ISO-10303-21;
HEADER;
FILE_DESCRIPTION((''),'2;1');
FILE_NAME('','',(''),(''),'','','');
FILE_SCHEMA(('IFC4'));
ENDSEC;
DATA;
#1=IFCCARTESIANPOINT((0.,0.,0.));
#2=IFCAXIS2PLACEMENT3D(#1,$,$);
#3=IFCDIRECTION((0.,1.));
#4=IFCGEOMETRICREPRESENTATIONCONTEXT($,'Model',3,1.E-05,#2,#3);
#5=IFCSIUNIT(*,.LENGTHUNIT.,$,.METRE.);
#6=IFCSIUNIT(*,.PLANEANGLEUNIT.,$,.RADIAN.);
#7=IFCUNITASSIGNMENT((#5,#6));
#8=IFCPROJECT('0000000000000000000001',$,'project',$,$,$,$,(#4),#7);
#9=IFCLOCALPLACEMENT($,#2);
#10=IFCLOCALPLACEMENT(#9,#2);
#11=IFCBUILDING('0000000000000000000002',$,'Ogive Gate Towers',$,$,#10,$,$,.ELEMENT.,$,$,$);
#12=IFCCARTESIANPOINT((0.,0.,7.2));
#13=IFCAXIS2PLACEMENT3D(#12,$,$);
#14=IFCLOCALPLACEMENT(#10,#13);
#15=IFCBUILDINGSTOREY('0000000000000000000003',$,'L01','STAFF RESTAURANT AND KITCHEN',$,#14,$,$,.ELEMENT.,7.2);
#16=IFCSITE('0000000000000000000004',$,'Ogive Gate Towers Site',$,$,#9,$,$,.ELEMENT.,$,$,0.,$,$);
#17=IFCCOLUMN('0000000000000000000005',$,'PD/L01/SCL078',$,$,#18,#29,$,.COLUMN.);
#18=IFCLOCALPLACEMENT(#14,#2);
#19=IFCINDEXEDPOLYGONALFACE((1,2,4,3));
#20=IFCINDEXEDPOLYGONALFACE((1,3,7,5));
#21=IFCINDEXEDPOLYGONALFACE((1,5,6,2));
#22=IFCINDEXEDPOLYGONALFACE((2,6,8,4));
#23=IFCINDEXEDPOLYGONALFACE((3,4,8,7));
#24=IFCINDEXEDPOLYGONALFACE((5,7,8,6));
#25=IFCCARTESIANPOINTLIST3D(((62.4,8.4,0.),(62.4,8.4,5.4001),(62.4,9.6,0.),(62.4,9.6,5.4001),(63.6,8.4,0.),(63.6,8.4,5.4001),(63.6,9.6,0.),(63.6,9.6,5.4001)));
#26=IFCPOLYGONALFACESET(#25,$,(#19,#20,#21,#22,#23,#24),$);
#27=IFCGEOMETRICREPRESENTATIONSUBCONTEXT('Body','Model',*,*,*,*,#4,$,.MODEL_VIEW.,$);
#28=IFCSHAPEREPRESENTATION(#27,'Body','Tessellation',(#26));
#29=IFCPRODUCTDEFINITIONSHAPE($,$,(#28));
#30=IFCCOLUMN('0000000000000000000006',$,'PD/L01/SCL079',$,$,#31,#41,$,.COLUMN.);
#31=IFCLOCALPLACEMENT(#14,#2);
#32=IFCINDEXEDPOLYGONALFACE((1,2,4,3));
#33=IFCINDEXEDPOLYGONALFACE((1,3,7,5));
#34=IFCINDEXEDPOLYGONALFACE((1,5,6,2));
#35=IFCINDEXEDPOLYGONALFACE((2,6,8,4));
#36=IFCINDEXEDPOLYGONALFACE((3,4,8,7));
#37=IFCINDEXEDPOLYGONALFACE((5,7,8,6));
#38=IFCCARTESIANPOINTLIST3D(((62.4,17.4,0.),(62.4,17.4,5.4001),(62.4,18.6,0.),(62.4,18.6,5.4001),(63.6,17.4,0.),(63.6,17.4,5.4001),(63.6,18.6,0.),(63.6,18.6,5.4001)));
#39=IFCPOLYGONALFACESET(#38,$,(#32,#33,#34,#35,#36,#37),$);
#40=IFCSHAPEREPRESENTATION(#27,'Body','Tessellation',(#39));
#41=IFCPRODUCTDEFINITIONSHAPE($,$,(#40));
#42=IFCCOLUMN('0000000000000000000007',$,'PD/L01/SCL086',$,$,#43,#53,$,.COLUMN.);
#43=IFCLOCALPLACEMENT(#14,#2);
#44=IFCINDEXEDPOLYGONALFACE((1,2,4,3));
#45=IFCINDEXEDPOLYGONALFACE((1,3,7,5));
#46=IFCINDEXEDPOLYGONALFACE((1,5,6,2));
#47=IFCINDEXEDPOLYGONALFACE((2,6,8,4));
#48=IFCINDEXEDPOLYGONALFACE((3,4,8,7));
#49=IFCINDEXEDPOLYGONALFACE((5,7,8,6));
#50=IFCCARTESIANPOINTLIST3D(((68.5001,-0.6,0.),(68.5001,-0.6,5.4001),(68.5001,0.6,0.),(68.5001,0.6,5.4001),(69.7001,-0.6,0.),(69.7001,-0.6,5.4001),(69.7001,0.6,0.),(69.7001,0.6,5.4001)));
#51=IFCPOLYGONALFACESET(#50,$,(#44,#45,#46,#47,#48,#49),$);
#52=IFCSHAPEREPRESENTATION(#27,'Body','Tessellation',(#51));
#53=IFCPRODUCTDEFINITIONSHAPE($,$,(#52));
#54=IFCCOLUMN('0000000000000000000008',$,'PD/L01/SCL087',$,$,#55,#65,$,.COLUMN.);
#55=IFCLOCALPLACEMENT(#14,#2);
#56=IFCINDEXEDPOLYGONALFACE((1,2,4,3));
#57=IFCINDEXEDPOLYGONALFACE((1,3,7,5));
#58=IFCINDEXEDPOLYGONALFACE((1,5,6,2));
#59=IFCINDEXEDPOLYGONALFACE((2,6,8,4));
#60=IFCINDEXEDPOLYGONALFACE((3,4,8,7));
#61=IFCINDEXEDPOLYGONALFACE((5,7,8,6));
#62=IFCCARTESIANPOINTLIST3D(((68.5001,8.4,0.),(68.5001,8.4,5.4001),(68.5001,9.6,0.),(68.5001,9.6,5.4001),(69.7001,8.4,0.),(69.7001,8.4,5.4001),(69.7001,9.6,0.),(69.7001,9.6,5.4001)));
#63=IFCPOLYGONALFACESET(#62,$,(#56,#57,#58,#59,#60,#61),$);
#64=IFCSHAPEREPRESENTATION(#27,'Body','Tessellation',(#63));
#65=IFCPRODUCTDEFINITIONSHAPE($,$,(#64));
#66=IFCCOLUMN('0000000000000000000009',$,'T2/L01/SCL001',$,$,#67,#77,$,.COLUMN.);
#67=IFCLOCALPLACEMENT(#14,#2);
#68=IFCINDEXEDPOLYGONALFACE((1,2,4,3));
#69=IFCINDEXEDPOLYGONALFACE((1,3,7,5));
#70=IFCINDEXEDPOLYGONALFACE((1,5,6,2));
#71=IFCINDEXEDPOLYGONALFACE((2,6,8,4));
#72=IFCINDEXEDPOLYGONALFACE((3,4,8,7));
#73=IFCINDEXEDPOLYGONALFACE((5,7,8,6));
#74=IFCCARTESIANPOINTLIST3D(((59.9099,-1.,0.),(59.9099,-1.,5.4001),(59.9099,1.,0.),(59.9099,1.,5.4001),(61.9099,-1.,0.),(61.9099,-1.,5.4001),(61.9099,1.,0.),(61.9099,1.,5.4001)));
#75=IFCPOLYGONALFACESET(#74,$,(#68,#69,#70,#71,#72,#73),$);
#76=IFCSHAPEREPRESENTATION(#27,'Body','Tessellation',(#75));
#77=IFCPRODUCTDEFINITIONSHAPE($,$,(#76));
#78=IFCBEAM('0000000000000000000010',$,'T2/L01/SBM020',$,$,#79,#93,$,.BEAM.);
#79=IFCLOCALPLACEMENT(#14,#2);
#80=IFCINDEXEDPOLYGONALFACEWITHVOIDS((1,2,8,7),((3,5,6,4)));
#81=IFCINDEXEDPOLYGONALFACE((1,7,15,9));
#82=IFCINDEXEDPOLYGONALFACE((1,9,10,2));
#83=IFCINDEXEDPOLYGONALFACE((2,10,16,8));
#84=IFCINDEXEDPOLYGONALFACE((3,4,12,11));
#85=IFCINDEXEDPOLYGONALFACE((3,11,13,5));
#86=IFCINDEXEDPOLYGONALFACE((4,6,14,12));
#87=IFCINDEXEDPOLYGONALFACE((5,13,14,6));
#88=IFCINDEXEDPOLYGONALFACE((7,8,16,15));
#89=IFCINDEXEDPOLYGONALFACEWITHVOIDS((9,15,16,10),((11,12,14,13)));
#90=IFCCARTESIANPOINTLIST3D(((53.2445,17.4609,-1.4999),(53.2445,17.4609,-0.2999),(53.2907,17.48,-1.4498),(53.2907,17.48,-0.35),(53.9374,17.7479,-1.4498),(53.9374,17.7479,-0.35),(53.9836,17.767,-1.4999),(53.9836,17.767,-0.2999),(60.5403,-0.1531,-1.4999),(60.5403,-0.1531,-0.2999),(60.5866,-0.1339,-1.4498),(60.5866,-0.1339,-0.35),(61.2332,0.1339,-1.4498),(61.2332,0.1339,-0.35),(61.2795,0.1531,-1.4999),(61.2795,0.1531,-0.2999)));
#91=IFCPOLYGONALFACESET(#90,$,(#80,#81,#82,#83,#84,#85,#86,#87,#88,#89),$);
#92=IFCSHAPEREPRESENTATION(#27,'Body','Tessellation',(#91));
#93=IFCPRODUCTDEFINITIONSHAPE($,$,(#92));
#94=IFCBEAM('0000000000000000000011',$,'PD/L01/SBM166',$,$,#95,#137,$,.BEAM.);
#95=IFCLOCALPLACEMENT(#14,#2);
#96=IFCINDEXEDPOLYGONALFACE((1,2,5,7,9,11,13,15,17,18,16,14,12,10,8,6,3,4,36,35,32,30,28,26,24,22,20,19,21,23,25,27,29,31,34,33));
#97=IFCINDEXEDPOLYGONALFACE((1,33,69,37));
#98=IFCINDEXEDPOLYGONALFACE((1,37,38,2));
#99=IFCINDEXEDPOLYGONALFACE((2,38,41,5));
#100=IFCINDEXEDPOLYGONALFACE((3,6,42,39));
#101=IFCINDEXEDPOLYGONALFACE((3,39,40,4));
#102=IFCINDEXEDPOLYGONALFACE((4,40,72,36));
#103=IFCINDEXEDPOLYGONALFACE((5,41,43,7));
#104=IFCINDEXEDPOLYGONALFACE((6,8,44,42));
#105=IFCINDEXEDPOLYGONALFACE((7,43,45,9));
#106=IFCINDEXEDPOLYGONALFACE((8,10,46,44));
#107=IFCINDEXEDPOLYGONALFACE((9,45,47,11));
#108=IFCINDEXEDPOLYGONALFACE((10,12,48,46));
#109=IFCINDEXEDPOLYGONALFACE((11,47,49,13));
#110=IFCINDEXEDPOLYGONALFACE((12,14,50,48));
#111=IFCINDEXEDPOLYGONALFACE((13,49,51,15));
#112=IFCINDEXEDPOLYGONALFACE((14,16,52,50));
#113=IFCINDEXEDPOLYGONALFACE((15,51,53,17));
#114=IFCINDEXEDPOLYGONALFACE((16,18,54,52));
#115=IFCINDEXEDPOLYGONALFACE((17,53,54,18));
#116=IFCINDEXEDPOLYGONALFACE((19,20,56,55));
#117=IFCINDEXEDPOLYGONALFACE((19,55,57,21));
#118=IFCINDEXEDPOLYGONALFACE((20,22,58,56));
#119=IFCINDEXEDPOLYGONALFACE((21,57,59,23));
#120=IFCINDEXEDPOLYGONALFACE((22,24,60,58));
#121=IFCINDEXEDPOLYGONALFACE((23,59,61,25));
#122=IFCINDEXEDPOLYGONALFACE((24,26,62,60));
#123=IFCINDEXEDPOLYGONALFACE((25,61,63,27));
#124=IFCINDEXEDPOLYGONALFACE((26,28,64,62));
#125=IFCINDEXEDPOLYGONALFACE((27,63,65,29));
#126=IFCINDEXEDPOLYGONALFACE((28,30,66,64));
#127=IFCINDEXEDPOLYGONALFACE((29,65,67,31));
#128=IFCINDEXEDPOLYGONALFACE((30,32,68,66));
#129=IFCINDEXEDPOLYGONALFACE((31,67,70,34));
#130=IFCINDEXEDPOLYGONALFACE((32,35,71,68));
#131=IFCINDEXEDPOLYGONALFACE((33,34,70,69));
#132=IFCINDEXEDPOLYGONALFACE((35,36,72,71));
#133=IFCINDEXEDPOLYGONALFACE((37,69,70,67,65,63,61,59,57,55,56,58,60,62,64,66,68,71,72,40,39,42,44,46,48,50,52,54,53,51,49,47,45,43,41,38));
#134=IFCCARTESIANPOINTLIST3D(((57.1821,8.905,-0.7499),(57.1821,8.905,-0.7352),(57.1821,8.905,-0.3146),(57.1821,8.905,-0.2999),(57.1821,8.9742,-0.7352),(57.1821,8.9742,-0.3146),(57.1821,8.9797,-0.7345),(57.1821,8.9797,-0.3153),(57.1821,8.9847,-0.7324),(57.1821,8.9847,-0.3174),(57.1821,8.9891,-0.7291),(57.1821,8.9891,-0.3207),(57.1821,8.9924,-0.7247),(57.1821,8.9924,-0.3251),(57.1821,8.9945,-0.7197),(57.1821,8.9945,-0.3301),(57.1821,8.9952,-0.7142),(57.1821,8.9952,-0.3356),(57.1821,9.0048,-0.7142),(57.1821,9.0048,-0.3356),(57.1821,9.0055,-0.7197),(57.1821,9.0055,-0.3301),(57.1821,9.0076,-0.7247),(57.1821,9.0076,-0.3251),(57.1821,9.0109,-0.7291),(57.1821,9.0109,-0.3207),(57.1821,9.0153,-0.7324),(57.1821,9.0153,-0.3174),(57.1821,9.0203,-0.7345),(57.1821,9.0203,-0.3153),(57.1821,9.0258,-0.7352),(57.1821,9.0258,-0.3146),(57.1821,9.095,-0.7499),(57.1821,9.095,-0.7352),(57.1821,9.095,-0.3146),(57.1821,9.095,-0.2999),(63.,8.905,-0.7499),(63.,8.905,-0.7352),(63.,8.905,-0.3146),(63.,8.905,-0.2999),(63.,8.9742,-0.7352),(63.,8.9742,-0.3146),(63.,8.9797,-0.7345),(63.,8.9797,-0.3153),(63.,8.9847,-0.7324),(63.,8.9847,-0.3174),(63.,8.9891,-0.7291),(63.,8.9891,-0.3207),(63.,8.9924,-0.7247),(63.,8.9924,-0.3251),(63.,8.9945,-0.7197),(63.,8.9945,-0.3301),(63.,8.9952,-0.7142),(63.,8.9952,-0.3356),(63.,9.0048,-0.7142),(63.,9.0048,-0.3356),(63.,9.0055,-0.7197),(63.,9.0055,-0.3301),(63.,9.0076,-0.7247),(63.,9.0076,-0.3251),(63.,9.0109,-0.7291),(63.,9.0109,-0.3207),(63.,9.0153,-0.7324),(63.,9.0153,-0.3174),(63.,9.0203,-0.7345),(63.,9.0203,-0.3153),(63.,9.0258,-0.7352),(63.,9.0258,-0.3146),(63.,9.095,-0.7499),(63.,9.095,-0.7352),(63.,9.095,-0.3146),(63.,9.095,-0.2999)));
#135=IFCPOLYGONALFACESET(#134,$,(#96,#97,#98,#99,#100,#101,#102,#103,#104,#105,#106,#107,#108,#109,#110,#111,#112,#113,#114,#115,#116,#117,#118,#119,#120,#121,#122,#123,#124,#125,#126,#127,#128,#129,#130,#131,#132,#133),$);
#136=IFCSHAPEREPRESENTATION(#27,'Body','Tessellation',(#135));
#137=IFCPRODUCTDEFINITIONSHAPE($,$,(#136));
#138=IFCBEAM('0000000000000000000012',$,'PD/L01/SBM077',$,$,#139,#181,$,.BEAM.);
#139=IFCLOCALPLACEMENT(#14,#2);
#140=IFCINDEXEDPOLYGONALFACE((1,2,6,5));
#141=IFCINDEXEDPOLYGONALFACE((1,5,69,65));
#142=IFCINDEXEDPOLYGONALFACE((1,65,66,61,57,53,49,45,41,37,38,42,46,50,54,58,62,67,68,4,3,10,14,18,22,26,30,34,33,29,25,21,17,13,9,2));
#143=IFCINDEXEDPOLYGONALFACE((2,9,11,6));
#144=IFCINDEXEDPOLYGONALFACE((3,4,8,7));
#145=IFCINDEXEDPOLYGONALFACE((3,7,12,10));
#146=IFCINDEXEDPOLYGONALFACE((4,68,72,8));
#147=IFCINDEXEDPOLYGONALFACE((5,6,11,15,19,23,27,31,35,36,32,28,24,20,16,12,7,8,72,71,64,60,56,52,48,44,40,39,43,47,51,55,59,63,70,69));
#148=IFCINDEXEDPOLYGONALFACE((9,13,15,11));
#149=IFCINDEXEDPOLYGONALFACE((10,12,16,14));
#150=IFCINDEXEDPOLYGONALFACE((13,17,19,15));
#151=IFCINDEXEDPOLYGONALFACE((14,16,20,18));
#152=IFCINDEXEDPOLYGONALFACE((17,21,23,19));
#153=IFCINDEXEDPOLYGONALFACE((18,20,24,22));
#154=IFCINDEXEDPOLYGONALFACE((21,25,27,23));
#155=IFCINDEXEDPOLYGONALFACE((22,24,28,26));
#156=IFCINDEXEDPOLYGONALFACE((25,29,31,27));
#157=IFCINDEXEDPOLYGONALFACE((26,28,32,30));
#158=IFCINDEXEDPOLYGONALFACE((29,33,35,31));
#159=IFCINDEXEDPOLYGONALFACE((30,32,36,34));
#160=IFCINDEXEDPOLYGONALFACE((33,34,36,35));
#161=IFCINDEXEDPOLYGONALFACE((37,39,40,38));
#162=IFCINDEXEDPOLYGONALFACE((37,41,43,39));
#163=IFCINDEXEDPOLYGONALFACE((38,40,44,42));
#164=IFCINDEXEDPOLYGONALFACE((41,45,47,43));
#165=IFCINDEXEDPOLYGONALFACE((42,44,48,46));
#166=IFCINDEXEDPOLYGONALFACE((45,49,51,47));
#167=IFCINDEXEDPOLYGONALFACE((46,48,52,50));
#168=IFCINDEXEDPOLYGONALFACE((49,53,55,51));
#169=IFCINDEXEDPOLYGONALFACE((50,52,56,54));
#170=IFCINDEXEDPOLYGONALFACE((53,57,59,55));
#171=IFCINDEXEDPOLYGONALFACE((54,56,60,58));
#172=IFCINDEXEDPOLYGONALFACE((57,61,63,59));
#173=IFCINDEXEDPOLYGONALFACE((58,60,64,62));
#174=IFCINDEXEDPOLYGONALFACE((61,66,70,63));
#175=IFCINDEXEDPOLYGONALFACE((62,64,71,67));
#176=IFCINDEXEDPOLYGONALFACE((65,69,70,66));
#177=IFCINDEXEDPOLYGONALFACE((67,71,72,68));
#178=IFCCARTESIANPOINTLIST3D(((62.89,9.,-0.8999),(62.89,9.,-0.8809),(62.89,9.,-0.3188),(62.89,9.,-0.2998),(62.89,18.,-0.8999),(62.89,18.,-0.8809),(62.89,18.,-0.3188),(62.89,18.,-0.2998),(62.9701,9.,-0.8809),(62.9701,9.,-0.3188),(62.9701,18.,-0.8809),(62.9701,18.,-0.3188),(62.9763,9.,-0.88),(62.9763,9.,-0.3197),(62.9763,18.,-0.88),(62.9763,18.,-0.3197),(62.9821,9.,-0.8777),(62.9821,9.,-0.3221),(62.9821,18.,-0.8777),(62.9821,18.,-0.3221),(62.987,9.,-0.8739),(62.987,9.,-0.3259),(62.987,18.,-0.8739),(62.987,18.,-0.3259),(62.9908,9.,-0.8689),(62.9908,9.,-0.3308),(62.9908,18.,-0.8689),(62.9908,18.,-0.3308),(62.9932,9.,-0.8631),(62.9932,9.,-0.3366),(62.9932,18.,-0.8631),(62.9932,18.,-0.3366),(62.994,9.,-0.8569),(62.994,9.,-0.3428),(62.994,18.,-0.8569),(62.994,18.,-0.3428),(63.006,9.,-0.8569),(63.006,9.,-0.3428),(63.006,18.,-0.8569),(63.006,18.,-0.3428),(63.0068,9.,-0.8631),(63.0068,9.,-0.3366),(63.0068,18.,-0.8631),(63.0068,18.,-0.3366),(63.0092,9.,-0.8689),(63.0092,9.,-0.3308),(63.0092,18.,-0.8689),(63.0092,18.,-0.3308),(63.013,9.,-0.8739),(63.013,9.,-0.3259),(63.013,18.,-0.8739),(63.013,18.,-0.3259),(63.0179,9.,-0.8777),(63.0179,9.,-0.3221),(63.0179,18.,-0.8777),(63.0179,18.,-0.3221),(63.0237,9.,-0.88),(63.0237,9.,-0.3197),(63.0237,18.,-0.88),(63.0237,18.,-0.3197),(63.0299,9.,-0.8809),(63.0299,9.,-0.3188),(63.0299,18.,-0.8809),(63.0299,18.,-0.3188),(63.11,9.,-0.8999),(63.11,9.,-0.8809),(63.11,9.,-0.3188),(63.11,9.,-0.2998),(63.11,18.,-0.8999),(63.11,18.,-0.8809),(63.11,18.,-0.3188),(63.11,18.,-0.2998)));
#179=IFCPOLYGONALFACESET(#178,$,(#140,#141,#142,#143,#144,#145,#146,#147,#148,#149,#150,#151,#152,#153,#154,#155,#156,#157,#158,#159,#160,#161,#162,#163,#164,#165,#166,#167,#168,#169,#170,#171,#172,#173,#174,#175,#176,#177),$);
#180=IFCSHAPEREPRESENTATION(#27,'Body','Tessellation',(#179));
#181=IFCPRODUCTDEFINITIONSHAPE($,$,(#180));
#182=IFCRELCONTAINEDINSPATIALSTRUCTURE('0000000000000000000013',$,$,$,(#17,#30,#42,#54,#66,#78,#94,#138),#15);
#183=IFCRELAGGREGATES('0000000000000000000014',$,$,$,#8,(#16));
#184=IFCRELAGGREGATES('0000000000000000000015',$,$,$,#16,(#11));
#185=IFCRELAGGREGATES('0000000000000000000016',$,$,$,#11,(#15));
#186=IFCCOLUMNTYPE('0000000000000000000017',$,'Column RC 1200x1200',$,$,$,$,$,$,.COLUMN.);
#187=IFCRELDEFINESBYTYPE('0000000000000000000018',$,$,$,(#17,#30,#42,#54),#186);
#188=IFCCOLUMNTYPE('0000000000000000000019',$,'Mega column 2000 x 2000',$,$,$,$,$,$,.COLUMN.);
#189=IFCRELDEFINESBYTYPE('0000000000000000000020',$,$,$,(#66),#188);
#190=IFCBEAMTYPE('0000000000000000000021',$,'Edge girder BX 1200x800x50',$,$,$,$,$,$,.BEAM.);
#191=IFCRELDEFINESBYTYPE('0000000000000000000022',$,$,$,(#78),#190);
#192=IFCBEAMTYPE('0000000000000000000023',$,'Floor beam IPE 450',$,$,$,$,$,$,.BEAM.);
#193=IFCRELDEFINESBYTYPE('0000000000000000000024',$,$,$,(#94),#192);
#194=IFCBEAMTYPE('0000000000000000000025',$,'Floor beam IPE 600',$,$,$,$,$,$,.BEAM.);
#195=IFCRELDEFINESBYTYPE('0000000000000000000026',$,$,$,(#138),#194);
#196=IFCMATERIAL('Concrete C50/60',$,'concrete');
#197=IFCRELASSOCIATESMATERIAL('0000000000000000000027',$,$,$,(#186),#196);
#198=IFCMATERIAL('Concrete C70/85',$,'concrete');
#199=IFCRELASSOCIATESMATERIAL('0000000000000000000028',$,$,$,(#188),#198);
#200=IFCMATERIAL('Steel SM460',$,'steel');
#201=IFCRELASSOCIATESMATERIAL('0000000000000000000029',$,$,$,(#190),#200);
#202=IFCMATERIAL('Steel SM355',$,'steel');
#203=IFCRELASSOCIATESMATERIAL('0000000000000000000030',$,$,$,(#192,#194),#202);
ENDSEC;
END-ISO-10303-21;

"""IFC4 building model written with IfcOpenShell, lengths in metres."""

from ifc_helpers import new_model, si_unit, direction, frame, origin, origin_2d, place, context, subcontext, project, spatial, rectangle, hollow_rectangle, i_section, extrude, material, material_profile, profile_set, type_object, element, save


model = new_model("IFC4")

# Units and contexts
model_context = context("Model", 3, precision=1e-05, world=origin(), true_north=direction((0.0, 1.0)))
body_context = subcontext(model_context, "Body", "Model", "MODEL_VIEW")
ifc_project = project(units=[si_unit("LENGTHUNIT", "METRE"), si_unit("PLANEANGLEUNIT", "RADIAN")], contexts=[model_context])

# Site, building, storey
site_placement = place(None, origin())
site = spatial("IfcSite", under=ifc_project, at=site_placement, Name="Ogive Gate Towers Site", CompositionType="ELEMENT", RefElevation=0.0)
building_placement = place(site_placement, origin())
building = spatial("IfcBuilding", under=site, at=building_placement, Name="Ogive Gate Towers", CompositionType="ELEMENT")
storey_placement = place(building_placement, frame((0.0, 0.0, 7.2)))
storey = spatial("IfcBuildingStorey", under=building, at=storey_placement, Name="L01", Description="STAFF RESTAURANT AND KITCHEN", CompositionType="ELEMENT", Elevation=7.2)

# Columns
ifc_material_1 = material(Name="Concrete C50/60", Category="concrete")
ifc_material_profile_1 = material_profile(ifc_material_1, rectangle(XDim=1.2, YDim=1.2, at=origin_2d()), Name="RC 1200x1200")
ifc_profile_set_1 = profile_set([ifc_material_profile_1], Name="Concrete C50/60")
column_type_1 = type_object("IfcColumnType", Name="Column RC 1200x1200", PredefinedType="COLUMN", material=ifc_profile_set_1)
for number, where, z_axis, x_axis, name in (
    (1, (63.0, 9.0, 0.0), (0.0, 0.0, 1.0), (1.0, 0.0, 0.0), "PD/L01/SCL078"),
    (2, (63.0, 18.0, 0.0), (0.0, 0.0, 1.0), (1.0, 0.0, 0.0), "PD/L01/SCL079"),
    (3, (69.1001, 0.0, 0.0), (0.0, 0.0, 1.0), (1.0, 0.0, 0.0), "PD/L01/SCL086"),
    (4, (69.1001, 9.0, 0.0), (0.0, 0.0, 1.0), (1.0, 0.0, 0.0), "PD/L01/SCL087"),
):
    element("IfcColumn", number, at=place(storey_placement, frame(where, z_axis=z_axis, x_axis=x_axis)), inside=storey, type_object=column_type_1, Name=name, PredefinedType="COLUMN", context=body_context, shape_type="SweptSolid", body=[
        extrude(rectangle(XDim=1.2, YDim=1.2, at=origin_2d()), origin(), (0.0, 0.0, 1.0), 5.4001),
    ])
ifc_material_2 = material(Name="Concrete C70/85", Category="concrete")
ifc_material_profile_2 = material_profile(ifc_material_2, rectangle(XDim=2.0, YDim=2.0, at=origin_2d()), Name="RC 2000x2000")
ifc_profile_set_2 = profile_set([ifc_material_profile_2], Name="Concrete C70/85")
column_type_2 = type_object("IfcColumnType", Name="Mega column 2000 x 2000", PredefinedType="COLUMN", material=ifc_profile_set_2)
column_placement = place(storey_placement, frame((60.9099, 0.0, 0.0), z_axis=(0.0, 0.0, 1.0), x_axis=(1.0, 0.0, 0.0)))
element("IfcColumn", 5, at=column_placement, inside=storey, type_object=column_type_2, Name="T2/L01/SCL001", PredefinedType="COLUMN", context=body_context, shape_type="SweptSolid", body=[
    extrude(rectangle(XDim=2.0, YDim=2.0, at=origin_2d()), origin(), (0.0, 0.0, 1.0), 5.4001),
])

# Beams
ifc_material_3 = material(Name="Steel SM460", Category="steel")
ifc_material_profile_3 = material_profile(ifc_material_3, hollow_rectangle(XDim=0.8, YDim=1.2, WallThickness=0.05, at=origin_2d()), Name="BX 1200x800x50")
ifc_profile_set_3 = profile_set([ifc_material_profile_3], Name="Steel SM460")
beam_type_1 = type_object("IfcBeamType", Name="Edge girder BX 1200x800x50", PredefinedType="BEAM", material=ifc_profile_set_3)
beam_1_placement = place(storey_placement, frame((60.9099, 0.0, -0.8999), z_axis=(-0.382681, 0.923881, 0.0), x_axis=(-0.923881, -0.382681, 0.0)))
element("IfcBeam", 6, at=beam_1_placement, inside=storey, type_object=beam_type_1, Name="T2/L01/SBM020", PredefinedType="BEAM", context=body_context, shape_type="SweptSolid", body=[
    extrude(hollow_rectangle(XDim=0.8, YDim=1.2, WallThickness=0.05, at=origin_2d()), origin(), (0.0, 0.0, 1.0), 19.0652),
])
ifc_material_4 = material(Name="Steel SM355", Category="steel")
ifc_material_profile_4 = material_profile(ifc_material_4, i_section(OverallWidth=0.1899, OverallDepth=0.45, WebThickness=0.0095, FlangeThickness=0.0146, FilletRadius=0.021, at=origin_2d()), Name="IPE 450")
ifc_profile_set_4 = profile_set([ifc_material_profile_4], Name="Steel SM355")
beam_type_2 = type_object("IfcBeamType", Name="Floor beam IPE 450", PredefinedType="BEAM", material=ifc_profile_set_4)
beam_2_placement = place(storey_placement, frame((63.0, 9.0, -0.5249), z_axis=(-1.0, 0.0, 0.0), x_axis=(0.0, -1.0, 0.0)))
element("IfcBeam", 7, at=beam_2_placement, inside=storey, type_object=beam_type_2, Name="PD/L01/SBM166", PredefinedType="BEAM", context=body_context, shape_type="SweptSolid", body=[
    extrude(i_section(OverallWidth=0.1899, OverallDepth=0.45, WebThickness=0.0095, FlangeThickness=0.0146, FilletRadius=0.021, at=origin_2d()), origin(), (0.0, 0.0, 1.0), 5.8179),
])
ifc_material_profile_5 = material_profile(ifc_material_4, i_section(OverallWidth=0.22, OverallDepth=0.6001, WebThickness=0.012, FlangeThickness=0.019, FilletRadius=0.0239, at=origin_2d()), Name="IPE 600")
ifc_profile_set_5 = profile_set([ifc_material_profile_5], Name="Steel SM355")
beam_type_3 = type_object("IfcBeamType", Name="Floor beam IPE 600", PredefinedType="BEAM", material=ifc_profile_set_5)
for number, where, z_axis, x_axis, name in (
    (8, (63.0, 9.0, -0.5999), (0.0, 1.0, 0.0), (-1.0, 0.0, 0.0), "PD/L01/SBM077"),
):
    element("IfcBeam", number, at=place(storey_placement, frame(where, z_axis=z_axis, x_axis=x_axis)), inside=storey, type_object=beam_type_3, Name=name, PredefinedType="BEAM", context=body_context, shape_type="SweptSolid", body=[
        extrude(i_section(OverallWidth=0.22, OverallDepth=0.6001, WebThickness=0.012, FlangeThickness=0.019, FilletRadius=0.0239, at=origin_2d()), origin(), (0.0, 0.0, 1.0), 9.0),
    ])

save(model, "model.ifc")
